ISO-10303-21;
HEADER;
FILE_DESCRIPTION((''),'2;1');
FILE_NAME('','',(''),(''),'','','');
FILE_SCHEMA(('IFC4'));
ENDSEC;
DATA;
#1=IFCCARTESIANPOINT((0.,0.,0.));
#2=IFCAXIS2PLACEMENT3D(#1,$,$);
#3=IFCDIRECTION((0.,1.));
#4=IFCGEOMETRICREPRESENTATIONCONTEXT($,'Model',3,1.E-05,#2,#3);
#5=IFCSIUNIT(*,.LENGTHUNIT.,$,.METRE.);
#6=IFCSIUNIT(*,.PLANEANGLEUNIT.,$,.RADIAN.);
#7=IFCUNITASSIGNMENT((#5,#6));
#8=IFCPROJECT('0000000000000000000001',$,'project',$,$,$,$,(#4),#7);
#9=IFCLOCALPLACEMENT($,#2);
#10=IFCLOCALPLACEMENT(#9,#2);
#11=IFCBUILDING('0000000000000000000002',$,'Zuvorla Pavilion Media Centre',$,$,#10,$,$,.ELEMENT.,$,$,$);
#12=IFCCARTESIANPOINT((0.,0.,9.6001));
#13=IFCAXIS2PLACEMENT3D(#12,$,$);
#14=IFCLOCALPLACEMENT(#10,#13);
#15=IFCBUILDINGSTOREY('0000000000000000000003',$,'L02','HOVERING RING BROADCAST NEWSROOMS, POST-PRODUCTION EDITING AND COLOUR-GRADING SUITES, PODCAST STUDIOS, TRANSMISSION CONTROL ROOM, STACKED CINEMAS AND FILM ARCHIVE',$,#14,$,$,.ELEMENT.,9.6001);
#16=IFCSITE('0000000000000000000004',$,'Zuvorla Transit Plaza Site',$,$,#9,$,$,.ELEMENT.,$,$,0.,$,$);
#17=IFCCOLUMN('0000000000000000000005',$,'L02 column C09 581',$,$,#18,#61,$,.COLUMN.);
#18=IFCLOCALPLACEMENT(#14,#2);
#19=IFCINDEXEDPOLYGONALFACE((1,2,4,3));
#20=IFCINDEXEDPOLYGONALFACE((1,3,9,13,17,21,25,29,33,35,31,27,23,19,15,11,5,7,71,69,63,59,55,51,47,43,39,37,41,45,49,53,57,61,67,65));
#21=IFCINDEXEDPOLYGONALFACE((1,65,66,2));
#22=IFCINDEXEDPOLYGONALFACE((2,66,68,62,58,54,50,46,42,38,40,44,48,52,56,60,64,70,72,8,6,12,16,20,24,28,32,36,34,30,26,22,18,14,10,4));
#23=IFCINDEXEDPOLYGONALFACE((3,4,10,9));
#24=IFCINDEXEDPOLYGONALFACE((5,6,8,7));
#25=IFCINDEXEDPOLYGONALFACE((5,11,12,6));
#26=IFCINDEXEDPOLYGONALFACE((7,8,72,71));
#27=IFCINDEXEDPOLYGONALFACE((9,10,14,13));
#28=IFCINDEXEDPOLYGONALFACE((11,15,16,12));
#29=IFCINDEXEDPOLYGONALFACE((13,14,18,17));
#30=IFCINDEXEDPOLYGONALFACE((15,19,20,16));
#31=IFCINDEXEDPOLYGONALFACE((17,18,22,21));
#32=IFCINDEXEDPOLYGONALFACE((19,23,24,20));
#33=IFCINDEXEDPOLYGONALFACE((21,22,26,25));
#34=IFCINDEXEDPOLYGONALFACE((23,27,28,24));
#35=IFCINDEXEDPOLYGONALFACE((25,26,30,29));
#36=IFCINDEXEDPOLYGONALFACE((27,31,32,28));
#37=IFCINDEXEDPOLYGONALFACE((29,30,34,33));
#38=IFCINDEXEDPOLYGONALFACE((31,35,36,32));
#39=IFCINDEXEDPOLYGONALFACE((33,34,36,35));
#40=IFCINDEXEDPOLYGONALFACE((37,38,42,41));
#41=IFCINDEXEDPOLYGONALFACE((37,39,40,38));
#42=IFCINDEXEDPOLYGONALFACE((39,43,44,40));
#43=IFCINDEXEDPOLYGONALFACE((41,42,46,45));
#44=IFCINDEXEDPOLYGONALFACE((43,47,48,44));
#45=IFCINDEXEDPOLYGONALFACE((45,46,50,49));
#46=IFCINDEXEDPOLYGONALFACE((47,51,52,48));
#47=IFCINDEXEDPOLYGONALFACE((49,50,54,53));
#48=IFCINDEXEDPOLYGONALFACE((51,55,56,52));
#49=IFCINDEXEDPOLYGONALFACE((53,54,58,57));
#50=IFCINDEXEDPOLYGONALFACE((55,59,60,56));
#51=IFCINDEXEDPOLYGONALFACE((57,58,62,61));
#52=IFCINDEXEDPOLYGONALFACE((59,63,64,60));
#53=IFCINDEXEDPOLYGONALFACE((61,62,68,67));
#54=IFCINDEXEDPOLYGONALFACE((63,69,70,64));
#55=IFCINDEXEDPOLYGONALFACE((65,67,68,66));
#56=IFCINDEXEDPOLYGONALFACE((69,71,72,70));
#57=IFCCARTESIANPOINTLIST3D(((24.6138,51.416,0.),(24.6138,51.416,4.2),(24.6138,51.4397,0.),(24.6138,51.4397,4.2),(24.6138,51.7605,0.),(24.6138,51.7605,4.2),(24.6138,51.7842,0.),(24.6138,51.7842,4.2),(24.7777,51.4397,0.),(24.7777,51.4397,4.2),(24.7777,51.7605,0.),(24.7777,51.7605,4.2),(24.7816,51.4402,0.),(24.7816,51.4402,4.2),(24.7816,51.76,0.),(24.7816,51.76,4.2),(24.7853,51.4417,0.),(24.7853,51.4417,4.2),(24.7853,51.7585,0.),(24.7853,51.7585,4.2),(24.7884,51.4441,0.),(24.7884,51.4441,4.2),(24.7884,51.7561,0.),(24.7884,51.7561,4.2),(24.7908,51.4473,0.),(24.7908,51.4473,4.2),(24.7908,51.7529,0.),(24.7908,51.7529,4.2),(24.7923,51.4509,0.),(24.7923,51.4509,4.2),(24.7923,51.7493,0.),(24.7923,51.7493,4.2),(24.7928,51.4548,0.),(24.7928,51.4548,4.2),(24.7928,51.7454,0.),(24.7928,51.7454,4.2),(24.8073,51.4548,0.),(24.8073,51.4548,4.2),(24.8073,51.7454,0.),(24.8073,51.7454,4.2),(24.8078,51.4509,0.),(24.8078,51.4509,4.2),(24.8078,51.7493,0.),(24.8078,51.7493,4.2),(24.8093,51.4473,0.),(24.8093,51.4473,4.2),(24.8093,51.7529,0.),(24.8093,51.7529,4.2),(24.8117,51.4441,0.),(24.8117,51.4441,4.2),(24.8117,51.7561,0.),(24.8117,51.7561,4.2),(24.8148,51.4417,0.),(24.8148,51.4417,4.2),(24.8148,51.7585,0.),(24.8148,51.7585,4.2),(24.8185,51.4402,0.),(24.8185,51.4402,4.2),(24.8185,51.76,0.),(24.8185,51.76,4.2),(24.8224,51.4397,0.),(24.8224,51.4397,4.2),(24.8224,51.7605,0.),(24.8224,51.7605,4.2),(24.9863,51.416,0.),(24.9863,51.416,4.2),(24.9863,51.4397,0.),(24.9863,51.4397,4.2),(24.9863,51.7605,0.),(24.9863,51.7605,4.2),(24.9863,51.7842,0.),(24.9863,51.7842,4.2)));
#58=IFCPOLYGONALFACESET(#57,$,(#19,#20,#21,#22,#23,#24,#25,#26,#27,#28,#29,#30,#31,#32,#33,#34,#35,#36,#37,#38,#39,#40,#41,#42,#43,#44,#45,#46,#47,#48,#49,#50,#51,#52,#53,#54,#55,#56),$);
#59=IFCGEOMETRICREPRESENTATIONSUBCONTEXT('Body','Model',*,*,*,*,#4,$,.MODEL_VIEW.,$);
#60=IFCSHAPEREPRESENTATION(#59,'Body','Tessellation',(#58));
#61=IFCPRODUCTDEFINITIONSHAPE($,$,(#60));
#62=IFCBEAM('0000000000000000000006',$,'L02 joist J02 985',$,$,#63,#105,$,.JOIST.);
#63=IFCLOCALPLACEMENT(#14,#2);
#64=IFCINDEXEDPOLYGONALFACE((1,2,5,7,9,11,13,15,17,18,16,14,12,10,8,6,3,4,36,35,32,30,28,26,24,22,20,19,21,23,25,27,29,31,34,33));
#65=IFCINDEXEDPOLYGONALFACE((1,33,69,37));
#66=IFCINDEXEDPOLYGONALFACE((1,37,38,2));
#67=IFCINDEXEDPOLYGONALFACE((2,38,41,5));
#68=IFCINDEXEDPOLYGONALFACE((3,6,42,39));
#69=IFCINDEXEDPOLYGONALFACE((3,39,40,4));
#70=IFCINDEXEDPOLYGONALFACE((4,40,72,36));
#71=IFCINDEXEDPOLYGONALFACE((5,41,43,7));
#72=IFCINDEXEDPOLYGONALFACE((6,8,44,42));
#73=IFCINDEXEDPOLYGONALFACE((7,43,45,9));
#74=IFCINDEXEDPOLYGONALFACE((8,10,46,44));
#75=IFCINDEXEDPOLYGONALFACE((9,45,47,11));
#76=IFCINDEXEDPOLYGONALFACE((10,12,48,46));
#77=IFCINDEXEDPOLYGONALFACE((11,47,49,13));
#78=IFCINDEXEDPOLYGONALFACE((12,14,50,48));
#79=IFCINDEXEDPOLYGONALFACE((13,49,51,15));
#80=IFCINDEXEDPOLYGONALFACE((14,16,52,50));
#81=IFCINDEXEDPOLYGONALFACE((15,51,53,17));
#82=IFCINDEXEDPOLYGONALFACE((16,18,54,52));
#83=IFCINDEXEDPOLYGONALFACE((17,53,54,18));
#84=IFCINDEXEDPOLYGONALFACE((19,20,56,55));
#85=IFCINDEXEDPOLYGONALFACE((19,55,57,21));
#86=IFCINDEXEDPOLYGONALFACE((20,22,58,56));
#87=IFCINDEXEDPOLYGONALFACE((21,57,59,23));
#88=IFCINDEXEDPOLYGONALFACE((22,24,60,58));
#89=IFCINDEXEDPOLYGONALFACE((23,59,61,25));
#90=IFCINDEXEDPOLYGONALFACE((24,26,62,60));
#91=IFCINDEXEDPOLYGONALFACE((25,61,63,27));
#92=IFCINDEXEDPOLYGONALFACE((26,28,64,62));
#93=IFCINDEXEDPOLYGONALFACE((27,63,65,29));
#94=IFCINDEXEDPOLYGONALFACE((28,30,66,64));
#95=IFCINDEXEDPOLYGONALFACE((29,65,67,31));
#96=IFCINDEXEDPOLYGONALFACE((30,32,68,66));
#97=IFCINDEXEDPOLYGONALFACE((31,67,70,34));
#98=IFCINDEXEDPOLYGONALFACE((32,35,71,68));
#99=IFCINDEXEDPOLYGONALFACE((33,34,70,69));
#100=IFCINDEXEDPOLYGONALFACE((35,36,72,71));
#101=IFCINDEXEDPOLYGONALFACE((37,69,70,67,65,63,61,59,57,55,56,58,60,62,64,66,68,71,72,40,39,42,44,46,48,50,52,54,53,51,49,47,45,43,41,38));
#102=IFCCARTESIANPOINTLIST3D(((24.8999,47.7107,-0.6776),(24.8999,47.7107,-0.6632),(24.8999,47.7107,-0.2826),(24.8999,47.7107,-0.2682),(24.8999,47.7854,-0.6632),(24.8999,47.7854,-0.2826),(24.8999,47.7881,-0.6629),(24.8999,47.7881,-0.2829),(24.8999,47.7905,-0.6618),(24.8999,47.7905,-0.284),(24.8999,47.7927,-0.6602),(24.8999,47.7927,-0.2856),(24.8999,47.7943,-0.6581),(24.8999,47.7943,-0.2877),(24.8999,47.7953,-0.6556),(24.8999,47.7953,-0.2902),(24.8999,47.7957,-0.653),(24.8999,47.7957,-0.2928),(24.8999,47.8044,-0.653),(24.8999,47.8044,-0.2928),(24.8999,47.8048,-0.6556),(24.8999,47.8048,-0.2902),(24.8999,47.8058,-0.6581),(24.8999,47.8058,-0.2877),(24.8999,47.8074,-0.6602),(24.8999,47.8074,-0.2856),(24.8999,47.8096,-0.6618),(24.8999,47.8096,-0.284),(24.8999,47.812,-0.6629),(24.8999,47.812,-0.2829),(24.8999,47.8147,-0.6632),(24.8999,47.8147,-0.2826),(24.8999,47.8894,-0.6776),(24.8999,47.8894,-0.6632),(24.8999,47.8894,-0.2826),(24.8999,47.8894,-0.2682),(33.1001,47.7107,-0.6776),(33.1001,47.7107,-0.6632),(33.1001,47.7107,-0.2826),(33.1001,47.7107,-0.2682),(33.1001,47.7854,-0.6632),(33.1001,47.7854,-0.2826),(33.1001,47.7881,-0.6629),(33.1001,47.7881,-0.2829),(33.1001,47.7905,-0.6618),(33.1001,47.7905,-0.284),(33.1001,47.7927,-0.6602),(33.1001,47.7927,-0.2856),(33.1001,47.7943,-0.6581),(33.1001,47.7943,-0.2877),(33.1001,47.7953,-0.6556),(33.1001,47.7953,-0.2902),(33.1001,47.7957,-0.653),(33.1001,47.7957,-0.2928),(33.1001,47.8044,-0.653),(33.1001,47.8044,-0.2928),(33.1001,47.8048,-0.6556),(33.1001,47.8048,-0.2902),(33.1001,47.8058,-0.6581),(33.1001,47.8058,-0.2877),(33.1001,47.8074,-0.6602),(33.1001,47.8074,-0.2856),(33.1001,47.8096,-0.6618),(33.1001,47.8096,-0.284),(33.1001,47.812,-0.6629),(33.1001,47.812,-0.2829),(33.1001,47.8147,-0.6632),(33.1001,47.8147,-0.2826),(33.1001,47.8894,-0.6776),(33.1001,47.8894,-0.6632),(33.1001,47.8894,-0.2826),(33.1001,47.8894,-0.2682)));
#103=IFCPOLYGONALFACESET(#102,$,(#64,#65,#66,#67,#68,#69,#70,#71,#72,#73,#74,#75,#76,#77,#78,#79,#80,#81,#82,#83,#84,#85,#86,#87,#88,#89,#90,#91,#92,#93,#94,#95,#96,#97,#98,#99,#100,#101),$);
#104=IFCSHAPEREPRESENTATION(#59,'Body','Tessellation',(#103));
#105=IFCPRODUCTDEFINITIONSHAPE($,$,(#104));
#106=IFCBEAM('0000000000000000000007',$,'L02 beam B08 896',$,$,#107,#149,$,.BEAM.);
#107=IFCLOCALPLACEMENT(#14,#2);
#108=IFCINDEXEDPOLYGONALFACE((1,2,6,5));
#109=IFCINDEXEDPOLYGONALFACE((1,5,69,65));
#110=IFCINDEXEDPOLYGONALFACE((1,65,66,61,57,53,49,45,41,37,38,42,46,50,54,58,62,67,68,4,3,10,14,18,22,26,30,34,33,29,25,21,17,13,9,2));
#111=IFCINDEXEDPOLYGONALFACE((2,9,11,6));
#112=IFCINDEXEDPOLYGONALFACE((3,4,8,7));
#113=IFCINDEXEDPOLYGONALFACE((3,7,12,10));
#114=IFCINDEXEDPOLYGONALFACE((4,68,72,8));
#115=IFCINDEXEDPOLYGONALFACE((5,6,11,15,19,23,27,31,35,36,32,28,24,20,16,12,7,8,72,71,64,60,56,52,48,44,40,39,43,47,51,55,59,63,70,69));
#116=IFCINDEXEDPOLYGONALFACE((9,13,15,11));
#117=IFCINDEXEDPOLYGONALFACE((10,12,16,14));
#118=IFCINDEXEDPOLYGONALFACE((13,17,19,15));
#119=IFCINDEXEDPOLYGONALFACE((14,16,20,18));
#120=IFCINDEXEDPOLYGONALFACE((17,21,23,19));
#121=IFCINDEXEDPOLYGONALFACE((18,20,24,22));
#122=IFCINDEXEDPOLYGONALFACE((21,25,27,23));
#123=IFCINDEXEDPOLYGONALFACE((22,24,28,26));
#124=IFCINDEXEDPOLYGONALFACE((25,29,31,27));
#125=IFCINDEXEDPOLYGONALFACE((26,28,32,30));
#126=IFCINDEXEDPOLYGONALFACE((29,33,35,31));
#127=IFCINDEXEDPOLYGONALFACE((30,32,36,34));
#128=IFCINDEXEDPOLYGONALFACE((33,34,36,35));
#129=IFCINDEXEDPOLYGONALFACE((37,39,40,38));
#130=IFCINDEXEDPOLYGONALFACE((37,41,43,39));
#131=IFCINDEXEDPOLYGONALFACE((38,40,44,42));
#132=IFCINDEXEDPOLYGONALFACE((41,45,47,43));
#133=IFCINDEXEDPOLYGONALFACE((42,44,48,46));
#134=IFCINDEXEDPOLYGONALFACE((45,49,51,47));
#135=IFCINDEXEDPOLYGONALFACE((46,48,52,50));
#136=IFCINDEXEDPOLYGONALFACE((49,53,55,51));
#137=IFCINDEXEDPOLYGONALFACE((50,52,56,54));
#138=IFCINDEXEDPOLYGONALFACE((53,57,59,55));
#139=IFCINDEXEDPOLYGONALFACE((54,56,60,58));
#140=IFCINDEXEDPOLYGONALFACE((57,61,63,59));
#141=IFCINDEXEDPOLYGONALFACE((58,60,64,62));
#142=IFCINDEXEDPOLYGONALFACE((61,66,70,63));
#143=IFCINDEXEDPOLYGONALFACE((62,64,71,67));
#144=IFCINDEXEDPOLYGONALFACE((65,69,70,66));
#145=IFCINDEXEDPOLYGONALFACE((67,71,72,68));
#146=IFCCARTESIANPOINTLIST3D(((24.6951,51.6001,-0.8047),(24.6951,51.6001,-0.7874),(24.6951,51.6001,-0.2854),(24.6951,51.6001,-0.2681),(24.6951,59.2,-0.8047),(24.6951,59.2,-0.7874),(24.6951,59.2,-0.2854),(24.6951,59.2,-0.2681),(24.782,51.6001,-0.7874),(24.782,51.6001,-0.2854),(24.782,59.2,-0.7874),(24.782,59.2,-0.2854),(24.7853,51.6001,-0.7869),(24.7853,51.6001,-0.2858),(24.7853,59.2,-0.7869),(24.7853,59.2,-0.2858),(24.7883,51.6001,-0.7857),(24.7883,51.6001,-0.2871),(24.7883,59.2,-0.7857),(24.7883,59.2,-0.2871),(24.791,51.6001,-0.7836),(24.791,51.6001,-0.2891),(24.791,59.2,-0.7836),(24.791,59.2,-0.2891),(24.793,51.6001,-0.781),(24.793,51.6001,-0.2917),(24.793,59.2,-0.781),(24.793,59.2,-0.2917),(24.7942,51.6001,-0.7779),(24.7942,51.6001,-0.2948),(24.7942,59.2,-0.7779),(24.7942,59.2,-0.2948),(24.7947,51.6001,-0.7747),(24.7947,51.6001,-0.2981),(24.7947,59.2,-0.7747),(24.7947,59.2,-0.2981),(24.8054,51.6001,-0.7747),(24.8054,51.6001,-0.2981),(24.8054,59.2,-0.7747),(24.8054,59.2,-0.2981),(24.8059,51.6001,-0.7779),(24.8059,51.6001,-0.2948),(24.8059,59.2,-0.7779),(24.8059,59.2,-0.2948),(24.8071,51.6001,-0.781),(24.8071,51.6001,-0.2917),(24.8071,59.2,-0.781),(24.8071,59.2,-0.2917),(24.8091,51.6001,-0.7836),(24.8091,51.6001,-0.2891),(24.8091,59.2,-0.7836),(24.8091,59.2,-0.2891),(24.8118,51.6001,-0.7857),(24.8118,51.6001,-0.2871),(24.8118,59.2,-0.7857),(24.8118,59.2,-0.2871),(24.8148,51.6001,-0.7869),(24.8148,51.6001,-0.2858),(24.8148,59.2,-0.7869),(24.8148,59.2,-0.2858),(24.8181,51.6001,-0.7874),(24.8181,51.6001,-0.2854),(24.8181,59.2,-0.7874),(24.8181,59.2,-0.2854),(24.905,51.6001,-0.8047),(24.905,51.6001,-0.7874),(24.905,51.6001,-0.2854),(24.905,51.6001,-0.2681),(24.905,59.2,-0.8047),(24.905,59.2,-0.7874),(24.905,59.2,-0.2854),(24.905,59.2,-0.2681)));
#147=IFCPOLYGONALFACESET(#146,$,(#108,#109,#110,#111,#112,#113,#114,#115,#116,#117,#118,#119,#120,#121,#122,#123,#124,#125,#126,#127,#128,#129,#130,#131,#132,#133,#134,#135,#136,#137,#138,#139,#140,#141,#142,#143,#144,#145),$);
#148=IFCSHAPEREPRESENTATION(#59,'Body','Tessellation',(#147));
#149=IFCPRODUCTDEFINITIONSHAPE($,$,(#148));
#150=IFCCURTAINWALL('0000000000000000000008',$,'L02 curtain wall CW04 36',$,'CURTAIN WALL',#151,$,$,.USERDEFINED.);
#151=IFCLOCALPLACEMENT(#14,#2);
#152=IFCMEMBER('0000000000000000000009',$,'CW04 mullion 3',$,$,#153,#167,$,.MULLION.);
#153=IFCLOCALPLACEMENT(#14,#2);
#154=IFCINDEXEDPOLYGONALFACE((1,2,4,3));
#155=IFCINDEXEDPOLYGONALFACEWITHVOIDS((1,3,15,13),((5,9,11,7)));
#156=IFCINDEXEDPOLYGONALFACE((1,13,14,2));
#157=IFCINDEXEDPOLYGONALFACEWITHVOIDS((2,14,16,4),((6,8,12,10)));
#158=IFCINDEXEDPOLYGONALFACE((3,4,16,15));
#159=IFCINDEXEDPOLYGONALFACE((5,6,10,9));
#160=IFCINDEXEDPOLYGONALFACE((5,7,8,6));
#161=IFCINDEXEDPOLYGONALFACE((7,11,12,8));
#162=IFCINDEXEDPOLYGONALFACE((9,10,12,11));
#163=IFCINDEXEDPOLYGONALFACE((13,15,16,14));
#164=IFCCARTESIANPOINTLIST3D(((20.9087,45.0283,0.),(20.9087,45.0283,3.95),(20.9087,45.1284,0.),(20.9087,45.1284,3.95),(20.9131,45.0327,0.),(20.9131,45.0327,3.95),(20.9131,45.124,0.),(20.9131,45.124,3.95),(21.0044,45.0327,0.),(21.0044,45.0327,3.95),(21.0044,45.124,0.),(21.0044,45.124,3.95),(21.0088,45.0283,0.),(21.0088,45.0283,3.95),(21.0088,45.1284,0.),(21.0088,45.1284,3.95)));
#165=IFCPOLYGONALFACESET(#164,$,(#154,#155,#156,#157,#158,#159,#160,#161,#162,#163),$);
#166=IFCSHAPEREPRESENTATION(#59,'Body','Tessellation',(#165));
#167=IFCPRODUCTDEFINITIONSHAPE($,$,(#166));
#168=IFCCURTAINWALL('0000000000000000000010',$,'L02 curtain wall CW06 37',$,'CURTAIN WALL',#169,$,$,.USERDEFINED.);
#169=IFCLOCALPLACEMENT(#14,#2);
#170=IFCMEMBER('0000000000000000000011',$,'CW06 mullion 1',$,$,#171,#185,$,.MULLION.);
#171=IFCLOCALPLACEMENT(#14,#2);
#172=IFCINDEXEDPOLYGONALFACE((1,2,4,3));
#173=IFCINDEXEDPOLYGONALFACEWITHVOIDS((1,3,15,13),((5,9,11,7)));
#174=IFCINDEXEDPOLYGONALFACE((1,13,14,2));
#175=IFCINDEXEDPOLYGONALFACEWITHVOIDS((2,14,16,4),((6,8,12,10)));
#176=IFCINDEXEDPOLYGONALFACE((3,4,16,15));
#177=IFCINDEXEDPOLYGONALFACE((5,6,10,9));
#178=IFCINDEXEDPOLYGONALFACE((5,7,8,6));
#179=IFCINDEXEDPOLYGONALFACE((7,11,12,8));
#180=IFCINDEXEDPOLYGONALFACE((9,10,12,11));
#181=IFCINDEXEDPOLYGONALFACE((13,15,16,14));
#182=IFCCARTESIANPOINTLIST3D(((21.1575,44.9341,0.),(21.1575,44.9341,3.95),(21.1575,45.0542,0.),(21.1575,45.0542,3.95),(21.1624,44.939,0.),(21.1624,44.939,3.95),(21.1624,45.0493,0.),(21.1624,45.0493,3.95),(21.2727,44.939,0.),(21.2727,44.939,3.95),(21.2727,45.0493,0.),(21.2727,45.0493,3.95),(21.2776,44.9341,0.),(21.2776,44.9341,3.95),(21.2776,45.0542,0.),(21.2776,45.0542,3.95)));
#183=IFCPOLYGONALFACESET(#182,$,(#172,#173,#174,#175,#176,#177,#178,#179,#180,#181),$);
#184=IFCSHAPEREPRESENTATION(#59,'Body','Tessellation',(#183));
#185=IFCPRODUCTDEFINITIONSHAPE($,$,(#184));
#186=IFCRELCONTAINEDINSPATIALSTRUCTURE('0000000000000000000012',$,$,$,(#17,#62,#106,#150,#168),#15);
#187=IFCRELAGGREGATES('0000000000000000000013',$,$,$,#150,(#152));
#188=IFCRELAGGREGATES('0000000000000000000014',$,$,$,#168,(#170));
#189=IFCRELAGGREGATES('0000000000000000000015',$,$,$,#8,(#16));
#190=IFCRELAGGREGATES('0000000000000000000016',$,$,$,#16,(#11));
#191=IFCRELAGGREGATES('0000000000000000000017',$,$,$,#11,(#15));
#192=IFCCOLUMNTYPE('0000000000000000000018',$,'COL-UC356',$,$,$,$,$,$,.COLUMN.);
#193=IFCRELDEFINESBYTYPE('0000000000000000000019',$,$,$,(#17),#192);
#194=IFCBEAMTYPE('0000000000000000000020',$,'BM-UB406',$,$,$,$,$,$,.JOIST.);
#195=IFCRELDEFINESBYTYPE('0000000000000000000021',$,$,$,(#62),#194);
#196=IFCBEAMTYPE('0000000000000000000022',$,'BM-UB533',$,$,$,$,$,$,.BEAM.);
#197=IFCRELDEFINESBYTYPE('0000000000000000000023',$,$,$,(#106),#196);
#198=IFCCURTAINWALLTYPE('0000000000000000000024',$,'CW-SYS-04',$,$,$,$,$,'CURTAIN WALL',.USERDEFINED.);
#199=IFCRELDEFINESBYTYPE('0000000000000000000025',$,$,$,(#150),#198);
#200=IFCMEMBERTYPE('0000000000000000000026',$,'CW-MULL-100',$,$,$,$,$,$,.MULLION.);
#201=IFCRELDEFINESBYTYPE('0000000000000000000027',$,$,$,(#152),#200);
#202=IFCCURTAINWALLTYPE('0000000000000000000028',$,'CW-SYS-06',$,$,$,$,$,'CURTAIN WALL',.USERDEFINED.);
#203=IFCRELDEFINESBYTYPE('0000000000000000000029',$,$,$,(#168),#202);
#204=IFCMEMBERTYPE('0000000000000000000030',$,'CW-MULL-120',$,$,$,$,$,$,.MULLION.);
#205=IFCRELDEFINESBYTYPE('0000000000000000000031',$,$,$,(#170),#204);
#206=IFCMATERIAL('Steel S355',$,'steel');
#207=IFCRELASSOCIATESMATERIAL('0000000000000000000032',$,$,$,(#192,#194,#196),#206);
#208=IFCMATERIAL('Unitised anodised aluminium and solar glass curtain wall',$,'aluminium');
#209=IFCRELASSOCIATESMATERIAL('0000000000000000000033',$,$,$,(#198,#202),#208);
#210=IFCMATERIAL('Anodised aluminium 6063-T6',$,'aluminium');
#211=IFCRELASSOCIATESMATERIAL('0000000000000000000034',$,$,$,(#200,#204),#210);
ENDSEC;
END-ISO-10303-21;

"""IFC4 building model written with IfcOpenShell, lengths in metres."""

from ifc_helpers import new_model, si_unit, direction, frame, origin, origin_2d, place, context, subcontext, project, spatial, hollow_rectangle, i_section, extrude, material, material_profile, profile_set, type_object, element, aggregate, save


model = new_model("IFC4")

# Units and contexts
model_context = context("Model", 3, precision=1e-05, world=origin(), true_north=direction((0.0, 1.0)))
body_context = subcontext(model_context, "Body", "Model", "MODEL_VIEW")
ifc_project = project(units=[si_unit("LENGTHUNIT", "METRE"), si_unit("PLANEANGLEUNIT", "RADIAN")], contexts=[model_context])

# Site, building, storey
site_placement = place(None, origin())
site = spatial("IfcSite", under=ifc_project, at=site_placement, Name="Zuvorla Transit Plaza Site", CompositionType="ELEMENT", RefElevation=0.0)
building_placement = place(site_placement, origin())
building = spatial("IfcBuilding", under=site, at=building_placement, Name="Zuvorla Pavilion Media Centre", CompositionType="ELEMENT")
storey_placement = place(building_placement, frame((0.0, 0.0, 9.6001)))
storey = spatial("IfcBuildingStorey", under=building, at=storey_placement, Name="L02", Description="HOVERING RING BROADCAST NEWSROOMS, POST-PRODUCTION EDITING AND COLOUR-GRADING SUITES, PODCAST STUDIOS, TRANSMISSION CONTROL ROOM, STACKED CINEMAS AND FILM ARCHIVE", CompositionType="ELEMENT", Elevation=9.6001)

# Column
ifc_material_1 = material(Name="Steel S355", Category="steel")
ifc_material_profile_1 = material_profile(ifc_material_1, i_section(OverallWidth=0.3726, OverallDepth=0.3682, WebThickness=0.0144, FlangeThickness=0.0237, FilletRadius=0.0151, at=origin_2d()), Name="UC 356x368x177")
ifc_profile_set_1 = profile_set([ifc_material_profile_1], Name="Steel S355")
column_type = type_object("IfcColumnType", Name="COL-UC356", PredefinedType="COLUMN", material=ifc_profile_set_1)
column_placement = place(storey_placement, frame((24.8, 51.6001, 0.0), z_axis=(0.0, 0.0, 1.0), x_axis=(1.0, 0.0, 0.0)))
element("IfcColumn", 1, at=column_placement, inside=storey, type_object=column_type, Name="L02 column C09 581", PredefinedType="COLUMN", context=body_context, shape_type="SweptSolid", body=[
    extrude(i_section(OverallWidth=0.3726, OverallDepth=0.3682, WebThickness=0.0144, FlangeThickness=0.0237, FilletRadius=0.0151, at=origin_2d()), origin(), (0.0, 0.0, 1.0), 4.2),
])

# Beams
ifc_material_profile_2 = material_profile(ifc_material_1, i_section(OverallWidth=0.1787, OverallDepth=0.4094, WebThickness=0.0088, FlangeThickness=0.0144, FilletRadius=0.0103, at=origin_2d()), Name="UB 406x178x67")
ifc_profile_set_2 = profile_set([ifc_material_profile_2], Name="Steel S355")
beam_type_1 = type_object("IfcBeamType", Name="BM-UB406", PredefinedType="JOIST", material=ifc_profile_set_2)
beam_1_placement = place(storey_placement, frame((24.8999, 47.8, -0.4729), z_axis=(1.0, 0.0, 0.0), x_axis=(0.0, 1.0, 0.0)))
element("IfcBeam", 2, at=beam_1_placement, inside=storey, type_object=beam_type_1, Name="L02 joist J02 985", PredefinedType="JOIST", context=body_context, shape_type="SweptSolid", body=[
    extrude(i_section(OverallWidth=0.1787, OverallDepth=0.4094, WebThickness=0.0088, FlangeThickness=0.0144, FilletRadius=0.0103, at=origin_2d()), origin(), (0.0, 0.0, 1.0), 8.2002),
])
ifc_material_profile_3 = material_profile(ifc_material_1, i_section(OverallWidth=0.21, OverallDepth=0.5366, WebThickness=0.0107, FlangeThickness=0.0173, FilletRadius=0.0127, at=origin_2d()), Name="UB 533x210x101")
ifc_profile_set_3 = profile_set([ifc_material_profile_3], Name="Steel S355")
beam_type_2 = type_object("IfcBeamType", Name="BM-UB533", PredefinedType="BEAM", material=ifc_profile_set_3)
beam_2_placement = place(storey_placement, frame((24.8, 51.6001, -0.5364), z_axis=(0.0, 1.0, 0.0), x_axis=(-1.0, 0.0, 0.0)))
element("IfcBeam", 3, at=beam_2_placement, inside=storey, type_object=beam_type_2, Name="L02 beam B08 896", PredefinedType="BEAM", context=body_context, shape_type="SweptSolid", body=[
    extrude(i_section(OverallWidth=0.21, OverallDepth=0.5366, WebThickness=0.0107, FlangeThickness=0.0173, FilletRadius=0.0127, at=origin_2d()), origin(), (0.0, 0.0, 1.0), 7.5999),
])

# Curtain wall, member
ifc_material_2 = material(Name="Unitised anodised aluminium and solar glass curtain wall", Category="aluminium")
curtain_wall_type_1 = type_object("IfcCurtainWallType", Name="CW-SYS-04", ElementType="CURTAIN WALL", PredefinedType="USERDEFINED", material=ifc_material_2)
curtain_wall_1_placement = place(storey_placement, origin())
curtain_wall_1 = element("IfcCurtainWall", 4, at=curtain_wall_1_placement, inside=storey, type_object=curtain_wall_type_1, Name="L02 curtain wall CW04 36", ObjectType="CURTAIN WALL", PredefinedType="USERDEFINED")
ifc_material_3 = material(Name="Anodised aluminium 6063-T6", Category="aluminium")
ifc_material_profile_4 = material_profile(ifc_material_3, hollow_rectangle(XDim=0.1001, YDim=0.1001, WallThickness=0.0044, at=origin_2d()), Name="ALU MULL 100x100")
ifc_profile_set_4 = profile_set([ifc_material_profile_4], Name="Anodised aluminium 6063-T6")
member_type_1 = type_object("IfcMemberType", Name="CW-MULL-100", PredefinedType="MULLION", material=ifc_profile_set_4)
member_1_placement = place(storey_placement, frame((20.9587, 45.0784, 0.0), z_axis=(0.0, 0.0, 1.0), x_axis=(1.0, 0.0, 0.0)))
member_1 = element("IfcMember", 5, at=member_1_placement, type_object=member_type_1, Name="CW04 mullion 3", PredefinedType="MULLION", context=body_context, shape_type="SweptSolid", body=[
    extrude(hollow_rectangle(XDim=0.1001, YDim=0.1001, WallThickness=0.0044, at=origin_2d()), origin(), (0.0, 0.0, 1.0), 3.95),
])

# Curtain wall, member
curtain_wall_type_2 = type_object("IfcCurtainWallType", Name="CW-SYS-06", ElementType="CURTAIN WALL", PredefinedType="USERDEFINED", material=ifc_material_2)
curtain_wall_2_placement = place(storey_placement, origin())
curtain_wall_2 = element("IfcCurtainWall", 6, at=curtain_wall_2_placement, inside=storey, type_object=curtain_wall_type_2, Name="L02 curtain wall CW06 37", ObjectType="CURTAIN WALL", PredefinedType="USERDEFINED")
ifc_material_profile_5 = material_profile(ifc_material_3, hollow_rectangle(XDim=0.1201, YDim=0.1201, WallThickness=0.0049, at=origin_2d()), Name="ALU MULL 120x120")
ifc_profile_set_5 = profile_set([ifc_material_profile_5], Name="Anodised aluminium 6063-T6")
member_type_2 = type_object("IfcMemberType", Name="CW-MULL-120", PredefinedType="MULLION", material=ifc_profile_set_5)
member_2_placement = place(storey_placement, frame((21.2175, 44.9941, 0.0), z_axis=(0.0, 0.0, 1.0), x_axis=(1.0, 0.0, 0.0)))
member_2 = element("IfcMember", 7, at=member_2_placement, type_object=member_type_2, Name="CW06 mullion 1", PredefinedType="MULLION", context=body_context, shape_type="SweptSolid", body=[
    extrude(hollow_rectangle(XDim=0.1201, YDim=0.1201, WallThickness=0.0049, at=origin_2d()), origin(), (0.0, 0.0, 1.0), 3.95),
])

aggregate(curtain_wall_1, [member_1])
aggregate(curtain_wall_2, [member_2])

save(model, "model.ifc")
